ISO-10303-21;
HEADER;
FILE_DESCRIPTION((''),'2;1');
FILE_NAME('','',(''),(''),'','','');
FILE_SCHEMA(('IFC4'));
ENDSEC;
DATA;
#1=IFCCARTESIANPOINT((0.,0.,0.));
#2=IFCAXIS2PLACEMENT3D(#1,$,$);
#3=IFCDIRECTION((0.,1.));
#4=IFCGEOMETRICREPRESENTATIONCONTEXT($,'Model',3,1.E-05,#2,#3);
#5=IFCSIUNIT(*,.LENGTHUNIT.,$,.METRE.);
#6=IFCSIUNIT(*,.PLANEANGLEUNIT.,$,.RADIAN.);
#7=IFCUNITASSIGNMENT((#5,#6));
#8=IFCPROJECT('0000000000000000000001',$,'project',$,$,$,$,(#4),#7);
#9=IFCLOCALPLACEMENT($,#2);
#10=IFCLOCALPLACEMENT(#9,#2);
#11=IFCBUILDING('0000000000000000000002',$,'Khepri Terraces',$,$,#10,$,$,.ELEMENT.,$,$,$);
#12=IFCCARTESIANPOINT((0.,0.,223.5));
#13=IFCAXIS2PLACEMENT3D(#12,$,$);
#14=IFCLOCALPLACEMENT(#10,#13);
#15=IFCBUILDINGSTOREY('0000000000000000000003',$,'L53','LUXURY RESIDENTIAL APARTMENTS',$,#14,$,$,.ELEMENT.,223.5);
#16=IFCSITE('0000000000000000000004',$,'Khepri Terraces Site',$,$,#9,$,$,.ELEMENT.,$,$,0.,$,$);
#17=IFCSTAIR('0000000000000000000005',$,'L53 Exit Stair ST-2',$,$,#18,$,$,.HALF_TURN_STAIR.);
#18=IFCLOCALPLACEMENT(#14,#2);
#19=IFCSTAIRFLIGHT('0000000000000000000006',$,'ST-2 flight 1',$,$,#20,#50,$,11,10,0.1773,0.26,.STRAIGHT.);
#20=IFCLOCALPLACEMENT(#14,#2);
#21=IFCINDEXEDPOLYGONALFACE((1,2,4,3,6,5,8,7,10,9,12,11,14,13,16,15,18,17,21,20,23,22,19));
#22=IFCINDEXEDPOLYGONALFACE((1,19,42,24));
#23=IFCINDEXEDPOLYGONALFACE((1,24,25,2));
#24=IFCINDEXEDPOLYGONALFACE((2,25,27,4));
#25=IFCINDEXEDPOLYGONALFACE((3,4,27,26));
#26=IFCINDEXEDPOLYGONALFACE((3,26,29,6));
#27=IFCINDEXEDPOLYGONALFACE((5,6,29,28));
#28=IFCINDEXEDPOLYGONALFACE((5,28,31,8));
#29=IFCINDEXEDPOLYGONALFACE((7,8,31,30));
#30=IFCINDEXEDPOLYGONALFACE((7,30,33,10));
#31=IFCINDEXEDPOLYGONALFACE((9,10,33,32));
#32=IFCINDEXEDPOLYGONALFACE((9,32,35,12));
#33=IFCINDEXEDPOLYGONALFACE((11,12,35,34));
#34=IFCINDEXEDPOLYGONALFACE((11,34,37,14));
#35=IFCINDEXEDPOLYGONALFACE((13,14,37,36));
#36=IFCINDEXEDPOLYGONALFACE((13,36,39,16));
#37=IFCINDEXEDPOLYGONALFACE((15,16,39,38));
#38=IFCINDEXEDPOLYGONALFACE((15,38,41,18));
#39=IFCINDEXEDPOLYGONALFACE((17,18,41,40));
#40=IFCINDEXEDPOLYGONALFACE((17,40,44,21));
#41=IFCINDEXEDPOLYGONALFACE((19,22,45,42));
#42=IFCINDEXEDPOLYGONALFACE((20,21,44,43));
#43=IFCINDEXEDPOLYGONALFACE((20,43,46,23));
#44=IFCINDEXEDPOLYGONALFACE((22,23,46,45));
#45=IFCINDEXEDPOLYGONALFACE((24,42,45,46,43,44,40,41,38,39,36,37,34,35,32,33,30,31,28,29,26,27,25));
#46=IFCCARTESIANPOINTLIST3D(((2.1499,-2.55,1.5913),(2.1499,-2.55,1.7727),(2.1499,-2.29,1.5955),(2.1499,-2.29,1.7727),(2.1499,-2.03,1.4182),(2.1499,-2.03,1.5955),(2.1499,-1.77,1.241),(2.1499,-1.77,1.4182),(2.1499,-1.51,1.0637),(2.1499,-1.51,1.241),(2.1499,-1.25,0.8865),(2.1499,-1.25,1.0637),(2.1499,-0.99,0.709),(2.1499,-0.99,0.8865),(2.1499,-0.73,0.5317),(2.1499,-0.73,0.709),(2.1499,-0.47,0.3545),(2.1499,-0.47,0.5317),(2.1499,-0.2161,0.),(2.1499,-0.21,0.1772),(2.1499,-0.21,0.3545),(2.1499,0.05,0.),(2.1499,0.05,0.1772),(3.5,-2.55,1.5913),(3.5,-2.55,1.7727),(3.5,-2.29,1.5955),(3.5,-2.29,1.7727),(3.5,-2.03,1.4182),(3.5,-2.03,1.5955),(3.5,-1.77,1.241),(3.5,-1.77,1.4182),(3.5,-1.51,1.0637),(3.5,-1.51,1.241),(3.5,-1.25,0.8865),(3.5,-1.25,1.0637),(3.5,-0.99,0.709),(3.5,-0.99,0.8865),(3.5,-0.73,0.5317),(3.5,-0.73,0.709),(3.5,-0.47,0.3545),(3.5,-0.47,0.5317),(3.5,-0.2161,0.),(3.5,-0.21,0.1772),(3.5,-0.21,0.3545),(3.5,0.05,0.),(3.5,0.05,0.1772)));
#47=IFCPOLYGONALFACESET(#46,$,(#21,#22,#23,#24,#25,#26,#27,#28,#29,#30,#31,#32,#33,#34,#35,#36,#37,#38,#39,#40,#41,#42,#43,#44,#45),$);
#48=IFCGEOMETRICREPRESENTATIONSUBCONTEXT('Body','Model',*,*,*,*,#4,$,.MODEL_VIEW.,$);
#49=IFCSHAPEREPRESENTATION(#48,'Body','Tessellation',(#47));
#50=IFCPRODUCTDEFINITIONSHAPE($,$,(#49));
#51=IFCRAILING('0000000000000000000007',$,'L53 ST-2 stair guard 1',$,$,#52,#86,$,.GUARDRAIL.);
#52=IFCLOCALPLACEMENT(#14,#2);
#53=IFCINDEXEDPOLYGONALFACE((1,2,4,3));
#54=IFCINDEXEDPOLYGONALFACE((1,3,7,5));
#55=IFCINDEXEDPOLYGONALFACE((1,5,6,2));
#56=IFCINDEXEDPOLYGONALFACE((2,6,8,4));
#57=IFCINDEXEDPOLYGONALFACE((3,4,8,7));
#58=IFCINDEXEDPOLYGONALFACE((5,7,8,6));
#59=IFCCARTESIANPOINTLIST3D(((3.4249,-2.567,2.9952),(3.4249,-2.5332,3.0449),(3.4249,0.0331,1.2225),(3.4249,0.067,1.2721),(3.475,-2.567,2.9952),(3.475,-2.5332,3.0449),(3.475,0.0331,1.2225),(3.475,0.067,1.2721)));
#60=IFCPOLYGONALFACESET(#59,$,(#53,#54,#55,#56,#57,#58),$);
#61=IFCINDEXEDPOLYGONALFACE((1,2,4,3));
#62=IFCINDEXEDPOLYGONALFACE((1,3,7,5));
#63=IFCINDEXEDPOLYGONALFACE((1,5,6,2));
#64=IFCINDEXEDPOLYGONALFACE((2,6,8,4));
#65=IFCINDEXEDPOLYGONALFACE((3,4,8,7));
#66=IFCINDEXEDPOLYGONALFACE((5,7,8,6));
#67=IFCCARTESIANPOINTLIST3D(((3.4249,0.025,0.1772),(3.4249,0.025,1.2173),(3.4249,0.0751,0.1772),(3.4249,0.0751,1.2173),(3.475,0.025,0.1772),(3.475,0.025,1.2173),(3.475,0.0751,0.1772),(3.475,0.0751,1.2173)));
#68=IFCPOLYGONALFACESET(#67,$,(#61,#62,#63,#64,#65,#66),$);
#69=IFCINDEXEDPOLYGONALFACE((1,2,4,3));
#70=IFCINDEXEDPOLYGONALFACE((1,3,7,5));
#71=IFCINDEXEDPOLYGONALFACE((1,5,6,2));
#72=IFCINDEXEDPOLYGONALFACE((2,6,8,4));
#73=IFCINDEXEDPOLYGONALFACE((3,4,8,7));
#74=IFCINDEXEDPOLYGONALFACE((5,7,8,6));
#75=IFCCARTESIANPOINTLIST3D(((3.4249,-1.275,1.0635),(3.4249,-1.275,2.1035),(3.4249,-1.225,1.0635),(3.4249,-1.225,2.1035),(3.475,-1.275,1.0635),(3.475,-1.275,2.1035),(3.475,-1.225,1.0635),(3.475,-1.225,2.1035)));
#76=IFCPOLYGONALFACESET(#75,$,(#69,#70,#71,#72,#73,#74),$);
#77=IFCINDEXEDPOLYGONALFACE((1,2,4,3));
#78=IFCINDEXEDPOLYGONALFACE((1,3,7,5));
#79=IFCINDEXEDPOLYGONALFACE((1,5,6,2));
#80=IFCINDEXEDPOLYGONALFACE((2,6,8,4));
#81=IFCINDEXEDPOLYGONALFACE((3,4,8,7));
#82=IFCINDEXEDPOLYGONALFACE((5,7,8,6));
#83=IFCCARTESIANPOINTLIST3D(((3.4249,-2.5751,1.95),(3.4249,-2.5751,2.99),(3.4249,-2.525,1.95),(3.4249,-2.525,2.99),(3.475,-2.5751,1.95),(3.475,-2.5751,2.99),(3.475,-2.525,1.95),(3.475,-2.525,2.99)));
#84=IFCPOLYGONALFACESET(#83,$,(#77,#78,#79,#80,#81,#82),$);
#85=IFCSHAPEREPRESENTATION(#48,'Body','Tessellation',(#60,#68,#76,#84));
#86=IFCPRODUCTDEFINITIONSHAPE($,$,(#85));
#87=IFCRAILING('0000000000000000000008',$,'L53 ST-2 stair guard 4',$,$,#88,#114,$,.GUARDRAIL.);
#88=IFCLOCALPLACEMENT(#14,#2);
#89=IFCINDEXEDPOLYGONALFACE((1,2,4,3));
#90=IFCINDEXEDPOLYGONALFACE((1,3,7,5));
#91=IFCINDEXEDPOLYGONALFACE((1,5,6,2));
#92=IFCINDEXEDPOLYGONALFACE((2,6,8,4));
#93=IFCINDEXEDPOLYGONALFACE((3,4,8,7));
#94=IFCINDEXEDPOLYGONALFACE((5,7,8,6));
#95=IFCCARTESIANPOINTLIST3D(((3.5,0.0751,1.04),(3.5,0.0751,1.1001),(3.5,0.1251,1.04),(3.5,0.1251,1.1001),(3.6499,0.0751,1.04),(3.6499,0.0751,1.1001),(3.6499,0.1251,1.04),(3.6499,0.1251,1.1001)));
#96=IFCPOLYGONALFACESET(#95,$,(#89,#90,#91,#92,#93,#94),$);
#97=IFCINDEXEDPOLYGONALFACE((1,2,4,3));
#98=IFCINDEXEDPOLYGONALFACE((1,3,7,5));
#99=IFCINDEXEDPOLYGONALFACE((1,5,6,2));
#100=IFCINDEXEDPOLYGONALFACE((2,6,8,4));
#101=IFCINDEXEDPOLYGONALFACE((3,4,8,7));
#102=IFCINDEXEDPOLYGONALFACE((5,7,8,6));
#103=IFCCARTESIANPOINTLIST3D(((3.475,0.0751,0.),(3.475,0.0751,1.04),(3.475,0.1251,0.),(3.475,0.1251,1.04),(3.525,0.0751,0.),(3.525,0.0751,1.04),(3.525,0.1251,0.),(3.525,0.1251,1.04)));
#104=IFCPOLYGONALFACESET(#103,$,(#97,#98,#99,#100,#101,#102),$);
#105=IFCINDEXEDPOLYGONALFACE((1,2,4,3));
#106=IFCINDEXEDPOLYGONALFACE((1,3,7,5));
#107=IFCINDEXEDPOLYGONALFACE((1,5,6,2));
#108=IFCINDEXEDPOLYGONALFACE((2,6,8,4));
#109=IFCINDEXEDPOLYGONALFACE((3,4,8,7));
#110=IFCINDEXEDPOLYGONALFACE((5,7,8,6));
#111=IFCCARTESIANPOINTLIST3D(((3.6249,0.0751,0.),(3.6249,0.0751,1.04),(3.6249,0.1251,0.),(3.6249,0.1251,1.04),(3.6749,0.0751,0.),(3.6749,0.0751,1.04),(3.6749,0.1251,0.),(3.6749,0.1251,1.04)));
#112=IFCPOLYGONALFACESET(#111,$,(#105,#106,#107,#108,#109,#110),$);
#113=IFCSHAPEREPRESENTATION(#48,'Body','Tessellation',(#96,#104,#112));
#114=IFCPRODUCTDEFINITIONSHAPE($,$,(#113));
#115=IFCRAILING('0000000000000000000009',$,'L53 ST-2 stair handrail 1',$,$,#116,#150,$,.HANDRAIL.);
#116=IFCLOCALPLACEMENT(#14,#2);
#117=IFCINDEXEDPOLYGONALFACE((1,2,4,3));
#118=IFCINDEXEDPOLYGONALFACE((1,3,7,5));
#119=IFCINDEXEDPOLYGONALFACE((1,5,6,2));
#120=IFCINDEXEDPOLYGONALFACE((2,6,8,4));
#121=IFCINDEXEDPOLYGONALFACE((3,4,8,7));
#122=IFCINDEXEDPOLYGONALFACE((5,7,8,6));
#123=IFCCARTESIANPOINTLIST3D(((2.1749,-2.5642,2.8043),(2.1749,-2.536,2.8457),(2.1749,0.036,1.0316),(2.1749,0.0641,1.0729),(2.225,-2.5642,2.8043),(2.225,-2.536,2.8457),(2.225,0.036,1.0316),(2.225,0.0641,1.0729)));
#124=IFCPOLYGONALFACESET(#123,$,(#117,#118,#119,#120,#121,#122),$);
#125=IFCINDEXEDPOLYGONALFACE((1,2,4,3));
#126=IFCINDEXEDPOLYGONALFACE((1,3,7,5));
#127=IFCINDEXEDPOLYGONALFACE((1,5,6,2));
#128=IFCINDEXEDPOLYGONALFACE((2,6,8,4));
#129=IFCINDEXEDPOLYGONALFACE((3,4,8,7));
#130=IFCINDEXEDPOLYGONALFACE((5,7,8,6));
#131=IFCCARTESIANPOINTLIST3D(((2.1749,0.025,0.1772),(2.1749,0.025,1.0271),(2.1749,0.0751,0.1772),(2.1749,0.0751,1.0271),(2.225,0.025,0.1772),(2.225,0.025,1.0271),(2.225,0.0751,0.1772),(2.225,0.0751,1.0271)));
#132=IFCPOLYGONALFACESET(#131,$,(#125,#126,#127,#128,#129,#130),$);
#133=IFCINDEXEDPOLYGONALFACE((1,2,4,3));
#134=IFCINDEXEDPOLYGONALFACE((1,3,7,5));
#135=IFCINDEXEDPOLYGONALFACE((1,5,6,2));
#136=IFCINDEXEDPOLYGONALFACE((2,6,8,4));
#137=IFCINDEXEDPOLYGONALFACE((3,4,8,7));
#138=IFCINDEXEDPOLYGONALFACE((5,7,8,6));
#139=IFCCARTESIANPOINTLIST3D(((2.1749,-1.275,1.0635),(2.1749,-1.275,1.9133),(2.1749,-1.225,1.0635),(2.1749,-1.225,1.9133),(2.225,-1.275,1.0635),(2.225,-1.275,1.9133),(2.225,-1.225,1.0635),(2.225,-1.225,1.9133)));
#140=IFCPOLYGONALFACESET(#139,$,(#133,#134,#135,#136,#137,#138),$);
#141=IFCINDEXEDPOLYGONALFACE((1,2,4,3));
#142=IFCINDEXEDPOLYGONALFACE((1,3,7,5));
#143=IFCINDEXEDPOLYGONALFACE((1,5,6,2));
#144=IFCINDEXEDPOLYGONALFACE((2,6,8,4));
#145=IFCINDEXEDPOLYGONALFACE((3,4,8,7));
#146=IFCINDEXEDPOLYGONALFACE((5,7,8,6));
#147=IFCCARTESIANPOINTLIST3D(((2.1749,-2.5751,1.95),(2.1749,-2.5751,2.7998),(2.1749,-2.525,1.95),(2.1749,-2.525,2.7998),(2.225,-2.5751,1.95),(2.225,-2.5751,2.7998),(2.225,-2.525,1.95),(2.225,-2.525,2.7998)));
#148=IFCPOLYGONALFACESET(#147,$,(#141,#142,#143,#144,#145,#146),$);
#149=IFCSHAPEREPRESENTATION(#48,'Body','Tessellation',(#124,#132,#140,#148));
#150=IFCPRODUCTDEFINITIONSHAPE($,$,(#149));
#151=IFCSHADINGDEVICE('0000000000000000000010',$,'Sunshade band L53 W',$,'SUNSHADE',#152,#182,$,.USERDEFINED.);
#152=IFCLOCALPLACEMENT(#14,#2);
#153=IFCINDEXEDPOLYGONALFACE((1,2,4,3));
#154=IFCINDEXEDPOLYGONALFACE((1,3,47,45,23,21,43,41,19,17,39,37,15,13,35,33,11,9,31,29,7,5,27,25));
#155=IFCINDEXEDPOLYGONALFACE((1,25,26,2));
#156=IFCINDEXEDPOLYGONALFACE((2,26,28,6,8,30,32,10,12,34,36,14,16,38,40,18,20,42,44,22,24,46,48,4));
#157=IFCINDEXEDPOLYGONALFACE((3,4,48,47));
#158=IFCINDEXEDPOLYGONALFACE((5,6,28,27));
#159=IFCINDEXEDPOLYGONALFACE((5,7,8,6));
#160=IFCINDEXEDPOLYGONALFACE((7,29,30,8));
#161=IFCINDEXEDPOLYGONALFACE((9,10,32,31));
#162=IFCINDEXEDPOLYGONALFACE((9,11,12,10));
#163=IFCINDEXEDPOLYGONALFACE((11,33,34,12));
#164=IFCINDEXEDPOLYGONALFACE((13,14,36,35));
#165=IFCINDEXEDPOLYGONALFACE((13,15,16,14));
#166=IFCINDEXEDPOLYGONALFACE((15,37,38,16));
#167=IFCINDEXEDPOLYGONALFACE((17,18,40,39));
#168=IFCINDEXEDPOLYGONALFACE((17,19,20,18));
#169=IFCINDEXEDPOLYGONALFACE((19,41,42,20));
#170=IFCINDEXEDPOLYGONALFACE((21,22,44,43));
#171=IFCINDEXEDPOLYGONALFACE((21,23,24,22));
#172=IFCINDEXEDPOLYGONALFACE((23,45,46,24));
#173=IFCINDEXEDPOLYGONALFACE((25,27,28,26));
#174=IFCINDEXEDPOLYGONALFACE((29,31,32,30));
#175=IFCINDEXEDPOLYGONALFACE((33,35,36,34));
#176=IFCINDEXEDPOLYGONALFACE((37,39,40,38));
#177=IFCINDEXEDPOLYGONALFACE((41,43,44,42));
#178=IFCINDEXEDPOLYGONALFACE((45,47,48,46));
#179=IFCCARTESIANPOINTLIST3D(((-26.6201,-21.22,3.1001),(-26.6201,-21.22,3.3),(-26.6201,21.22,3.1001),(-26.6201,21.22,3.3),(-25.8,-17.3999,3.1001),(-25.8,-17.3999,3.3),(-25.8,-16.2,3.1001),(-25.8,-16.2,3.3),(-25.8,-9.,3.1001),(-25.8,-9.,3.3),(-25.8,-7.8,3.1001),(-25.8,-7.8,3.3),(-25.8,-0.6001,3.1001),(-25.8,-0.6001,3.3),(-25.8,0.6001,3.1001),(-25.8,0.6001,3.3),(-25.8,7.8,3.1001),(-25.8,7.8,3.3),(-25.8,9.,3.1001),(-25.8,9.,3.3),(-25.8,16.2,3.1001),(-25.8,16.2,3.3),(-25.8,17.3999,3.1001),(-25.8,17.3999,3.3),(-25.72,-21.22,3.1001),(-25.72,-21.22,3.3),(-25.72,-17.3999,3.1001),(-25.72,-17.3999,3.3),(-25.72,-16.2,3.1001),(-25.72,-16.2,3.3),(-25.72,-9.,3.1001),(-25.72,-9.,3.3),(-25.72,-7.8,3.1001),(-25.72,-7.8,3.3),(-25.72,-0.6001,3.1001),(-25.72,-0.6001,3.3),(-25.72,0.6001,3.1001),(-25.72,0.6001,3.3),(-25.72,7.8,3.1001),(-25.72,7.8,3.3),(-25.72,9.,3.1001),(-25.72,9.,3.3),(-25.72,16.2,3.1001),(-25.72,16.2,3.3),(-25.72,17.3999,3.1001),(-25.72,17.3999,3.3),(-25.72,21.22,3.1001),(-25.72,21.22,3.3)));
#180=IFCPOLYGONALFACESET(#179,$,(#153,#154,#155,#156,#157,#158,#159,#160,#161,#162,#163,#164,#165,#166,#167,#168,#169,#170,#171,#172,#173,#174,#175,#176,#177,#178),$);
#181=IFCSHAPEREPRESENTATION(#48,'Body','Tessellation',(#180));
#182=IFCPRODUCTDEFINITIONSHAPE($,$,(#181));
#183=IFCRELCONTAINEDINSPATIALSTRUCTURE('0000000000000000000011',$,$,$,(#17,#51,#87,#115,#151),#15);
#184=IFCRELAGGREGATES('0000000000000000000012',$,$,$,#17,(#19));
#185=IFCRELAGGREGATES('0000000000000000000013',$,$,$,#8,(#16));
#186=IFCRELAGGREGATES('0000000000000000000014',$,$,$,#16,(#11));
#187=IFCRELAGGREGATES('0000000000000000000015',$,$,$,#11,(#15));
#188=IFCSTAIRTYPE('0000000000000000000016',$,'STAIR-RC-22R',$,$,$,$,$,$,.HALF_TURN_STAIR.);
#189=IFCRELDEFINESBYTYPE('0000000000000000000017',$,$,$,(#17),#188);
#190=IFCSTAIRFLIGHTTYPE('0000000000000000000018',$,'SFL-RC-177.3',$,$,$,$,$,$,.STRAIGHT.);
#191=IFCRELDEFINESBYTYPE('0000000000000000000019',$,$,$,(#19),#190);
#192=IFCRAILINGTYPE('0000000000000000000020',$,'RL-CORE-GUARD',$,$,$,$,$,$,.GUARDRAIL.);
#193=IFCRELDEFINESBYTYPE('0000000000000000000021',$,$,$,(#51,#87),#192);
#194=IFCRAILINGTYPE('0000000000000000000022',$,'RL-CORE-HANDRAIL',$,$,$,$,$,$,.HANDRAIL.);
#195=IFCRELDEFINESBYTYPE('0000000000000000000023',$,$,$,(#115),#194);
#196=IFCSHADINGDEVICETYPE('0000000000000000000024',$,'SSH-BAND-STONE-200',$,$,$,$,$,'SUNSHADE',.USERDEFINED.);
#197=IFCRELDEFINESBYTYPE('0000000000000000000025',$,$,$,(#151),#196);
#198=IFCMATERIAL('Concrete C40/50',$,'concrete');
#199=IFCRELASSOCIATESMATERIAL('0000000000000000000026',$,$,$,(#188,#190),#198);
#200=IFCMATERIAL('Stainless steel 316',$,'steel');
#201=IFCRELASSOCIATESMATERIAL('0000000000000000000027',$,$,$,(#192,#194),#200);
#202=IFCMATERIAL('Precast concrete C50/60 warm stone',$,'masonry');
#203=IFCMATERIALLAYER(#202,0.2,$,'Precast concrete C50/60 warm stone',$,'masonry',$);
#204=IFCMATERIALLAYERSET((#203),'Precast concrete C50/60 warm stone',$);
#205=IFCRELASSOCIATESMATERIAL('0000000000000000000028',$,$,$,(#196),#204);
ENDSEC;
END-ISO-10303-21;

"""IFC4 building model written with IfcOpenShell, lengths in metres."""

from ifc_helpers import new_model, si_unit, direction, frame, origin, origin_2d, place, context, subcontext, project, spatial, polyline, rectangle, outline, extrude, material, layer, layer_set, type_object, element, aggregate, save


model = new_model("IFC4")

# Units and contexts
model_context = context("Model", 3, precision=1e-05, world=origin(), true_north=direction((0.0, 1.0)))
body_context = subcontext(model_context, "Body", "Model", "MODEL_VIEW")
ifc_project = project(units=[si_unit("LENGTHUNIT", "METRE"), si_unit("PLANEANGLEUNIT", "RADIAN")], contexts=[model_context])

# Site, building, storey
site_placement = place(None, origin())
site = spatial("IfcSite", under=ifc_project, at=site_placement, Name="Khepri Terraces Site", CompositionType="ELEMENT", RefElevation=0.0)
building_placement = place(site_placement, origin())
building = spatial("IfcBuilding", under=site, at=building_placement, Name="Khepri Terraces", CompositionType="ELEMENT")
storey_placement = place(building_placement, frame((0.0, 0.0, 223.5)))
storey = spatial("IfcBuildingStorey", under=building, at=storey_placement, Name="L53", Description="LUXURY RESIDENTIAL APARTMENTS", CompositionType="ELEMENT", Elevation=223.5)

# Stair
ifc_material_1 = material(Name="Concrete C40/50", Category="concrete")
stair_type = type_object("IfcStairType", Name="STAIR-RC-22R", PredefinedType="HALF_TURN_STAIR", material=ifc_material_1)
stair_1_placement = place(storey_placement, origin())
stair_1 = element("IfcStair", 1, at=stair_1_placement, inside=storey, type_object=stair_type, Name="L53 Exit Stair ST-2", PredefinedType="HALF_TURN_STAIR")

# Stair flight
stair_flight_type = type_object("IfcStairFlightType", Name="SFL-RC-177.3", PredefinedType="STRAIGHT", material=ifc_material_1)
stair_flight_placement = place(storey_placement, frame((2.825, 0.05, 0.0), z_axis=(0.0, 0.0, 1.0), x_axis=(0.0, -1.0, 0.0)))
stair_flight = element("IfcStairFlight", 2, at=stair_flight_placement, type_object=stair_flight_type, Name="ST-2 flight 1", NumberOfRisers=11, NumberOfTreads=10, PredefinedType="STRAIGHT", RiserHeight=0.1773, TreadLength=0.26, context=body_context, shape_type="SweptSolid", body=[
    extrude(outline(polyline([(0.0, 0.0), (0.0, 0.1772), (0.26, 0.1772), (0.26, 0.3545), (0.52, 0.3545), (0.52, 0.5317), (0.78, 0.5317), (0.78, 0.709), (1.04, 0.709), (1.04, 0.8865), (1.3, 0.8865), (1.3, 1.0637), (1.5601, 1.0637), (1.5601, 1.241), (1.8201, 1.241), (1.8201, 1.4182), (2.0801, 1.4182), (2.0801, 1.5955), (2.3401, 1.5955), (2.3401, 1.7727), (2.6001, 1.7727), (2.6001, 1.95), (2.6001, 1.5913), (0.2661, 0.0), (0.0, 0.0)])), frame((0.0, 0.675, 0.0), z_axis=(0.0, -1.0, 0.0), x_axis=(1.0, 0.0, 0.0)), (0.0, 0.0, 1.0), 1.3501),
])
aggregate(stair_1, [stair_flight])

# Railings
ifc_material_2 = material(Name="Stainless steel 316", Category="steel")
railing_type_1 = type_object("IfcRailingType", Name="RL-CORE-GUARD", PredefinedType="GUARDRAIL", material=ifc_material_2)
railing_1_placement = place(storey_placement, frame((3.45, 0.05, 0.1772)))
element("IfcRailing", 3, at=railing_1_placement, inside=storey, type_object=railing_type_1, Name="L53 ST-2 stair guard 1", PredefinedType="GUARDRAIL", context=body_context, shape_type="SweptSolid", body=[
    extrude(rectangle(XDim=0.05, YDim=0.0601, at=origin_2d()), frame((0.0, 0.0, 1.0701), z_axis=(0.0, -0.82624, 0.563318), x_axis=(1.0, 0.0, 0.0)), (0.0, 0.0, 1.0), 3.147),
    extrude(rectangle(XDim=0.05, YDim=0.05, at=origin_2d()), origin(), (0.0, 0.0, 1.0), 1.04),
    extrude(rectangle(XDim=0.05, YDim=0.05, at=origin_2d()), frame((0.0, -1.3, 0.8862)), (0.0, 0.0, 1.0), 1.04),
    extrude(rectangle(XDim=0.05, YDim=0.05, at=origin_2d()), frame((0.0, -2.6001, 1.7727)), (0.0, 0.0, 1.0), 1.04),
])
railing_2_placement = place(storey_placement, frame((3.5, 0.1001, 0.0)))
element("IfcRailing", 4, at=railing_2_placement, inside=storey, type_object=railing_type_1, Name="L53 ST-2 stair guard 4", PredefinedType="GUARDRAIL", context=body_context, shape_type="SweptSolid", body=[
    extrude(rectangle(XDim=0.05, YDim=0.0601, at=origin_2d()), frame((0.0, 0.0, 1.0701), z_axis=(1.0, 0.0, 0.0), x_axis=(0.0, 1.0, 0.0)), (0.0, 0.0, 1.0), 0.1499),
    extrude(rectangle(XDim=0.05, YDim=0.05, at=origin_2d()), origin(), (0.0, 0.0, 1.0), 1.04),
    extrude(rectangle(XDim=0.05, YDim=0.05, at=origin_2d()), frame((0.1499, 0.0, 0.0)), (0.0, 0.0, 1.0), 1.04),
])
railing_type_2 = type_object("IfcRailingType", Name="RL-CORE-HANDRAIL", PredefinedType="HANDRAIL", material=ifc_material_2)
railing_3_placement = place(storey_placement, frame((2.2, 0.05, 0.1772)))
element("IfcRailing", 5, at=railing_3_placement, inside=storey, type_object=railing_type_2, Name="L53 ST-2 stair handrail 1", PredefinedType="HANDRAIL", context=body_context, shape_type="SweptSolid", body=[
    extrude(rectangle(XDim=0.05, YDim=0.05, at=origin_2d()), frame((0.0, 0.0, 0.875), z_axis=(0.0, -0.82624, 0.563318), x_axis=(1.0, 0.0, 0.0)), (0.0, 0.0, 1.0), 3.147),
    extrude(rectangle(XDim=0.05, YDim=0.05, at=origin_2d()), origin(), (0.0, 0.0, 1.0), 0.8499),
    extrude(rectangle(XDim=0.05, YDim=0.05, at=origin_2d()), frame((0.0, -1.3, 0.8862)), (0.0, 0.0, 1.0), 0.8499),
    extrude(rectangle(XDim=0.05, YDim=0.05, at=origin_2d()), frame((0.0, -2.6001, 1.7727)), (0.0, 0.0, 1.0), 0.8499),
])

# Shading device
ifc_material_3 = material(Name="Precast concrete C50/60 warm stone", Category="masonry")
ifc_layer_1 = layer(ifc_material_3, 0.2, Name="Precast concrete C50/60 warm stone", Category="masonry")
ifc_layer_set_1 = layer_set([ifc_layer_1], Name="Precast concrete C50/60 warm stone")
shading_device_type = type_object("IfcShadingDeviceType", Name="SSH-BAND-STONE-200", ElementType="SUNSHADE", PredefinedType="USERDEFINED", material=ifc_layer_set_1)
shading_device_placement = place(storey_placement, frame((0.0, 0.0, 3.1001)))
element("IfcShadingDevice", 6, at=shading_device_placement, inside=storey, type_object=shading_device_type, Name="Sunshade band L53 W", ObjectType="SUNSHADE", PredefinedType="USERDEFINED", context=body_context, shape_type="SweptSolid", body=[
    extrude(outline(polyline([(-25.72, 17.3999), (-25.72, 21.22), (-26.6201, 21.22), (-26.6201, -21.22), (-25.72, -21.22), (-25.72, -17.3999), (-25.8, -17.3999), (-25.8, -16.2), (-25.72, -16.2), (-25.72, -9.0), (-25.8, -9.0), (-25.8, -7.8), (-25.72, -7.8), (-25.72, -0.6001), (-25.8, -0.6001), (-25.8, 0.6001), (-25.72, 0.6001), (-25.72, 7.8), (-25.8, 7.8), (-25.8, 9.0), (-25.72, 9.0), (-25.72, 16.2), (-25.8, 16.2), (-25.8, 17.3999), (-25.72, 17.3999)])), origin(), (0.0, 0.0, 1.0), 0.2),
])

save(model, "model.ifc")
